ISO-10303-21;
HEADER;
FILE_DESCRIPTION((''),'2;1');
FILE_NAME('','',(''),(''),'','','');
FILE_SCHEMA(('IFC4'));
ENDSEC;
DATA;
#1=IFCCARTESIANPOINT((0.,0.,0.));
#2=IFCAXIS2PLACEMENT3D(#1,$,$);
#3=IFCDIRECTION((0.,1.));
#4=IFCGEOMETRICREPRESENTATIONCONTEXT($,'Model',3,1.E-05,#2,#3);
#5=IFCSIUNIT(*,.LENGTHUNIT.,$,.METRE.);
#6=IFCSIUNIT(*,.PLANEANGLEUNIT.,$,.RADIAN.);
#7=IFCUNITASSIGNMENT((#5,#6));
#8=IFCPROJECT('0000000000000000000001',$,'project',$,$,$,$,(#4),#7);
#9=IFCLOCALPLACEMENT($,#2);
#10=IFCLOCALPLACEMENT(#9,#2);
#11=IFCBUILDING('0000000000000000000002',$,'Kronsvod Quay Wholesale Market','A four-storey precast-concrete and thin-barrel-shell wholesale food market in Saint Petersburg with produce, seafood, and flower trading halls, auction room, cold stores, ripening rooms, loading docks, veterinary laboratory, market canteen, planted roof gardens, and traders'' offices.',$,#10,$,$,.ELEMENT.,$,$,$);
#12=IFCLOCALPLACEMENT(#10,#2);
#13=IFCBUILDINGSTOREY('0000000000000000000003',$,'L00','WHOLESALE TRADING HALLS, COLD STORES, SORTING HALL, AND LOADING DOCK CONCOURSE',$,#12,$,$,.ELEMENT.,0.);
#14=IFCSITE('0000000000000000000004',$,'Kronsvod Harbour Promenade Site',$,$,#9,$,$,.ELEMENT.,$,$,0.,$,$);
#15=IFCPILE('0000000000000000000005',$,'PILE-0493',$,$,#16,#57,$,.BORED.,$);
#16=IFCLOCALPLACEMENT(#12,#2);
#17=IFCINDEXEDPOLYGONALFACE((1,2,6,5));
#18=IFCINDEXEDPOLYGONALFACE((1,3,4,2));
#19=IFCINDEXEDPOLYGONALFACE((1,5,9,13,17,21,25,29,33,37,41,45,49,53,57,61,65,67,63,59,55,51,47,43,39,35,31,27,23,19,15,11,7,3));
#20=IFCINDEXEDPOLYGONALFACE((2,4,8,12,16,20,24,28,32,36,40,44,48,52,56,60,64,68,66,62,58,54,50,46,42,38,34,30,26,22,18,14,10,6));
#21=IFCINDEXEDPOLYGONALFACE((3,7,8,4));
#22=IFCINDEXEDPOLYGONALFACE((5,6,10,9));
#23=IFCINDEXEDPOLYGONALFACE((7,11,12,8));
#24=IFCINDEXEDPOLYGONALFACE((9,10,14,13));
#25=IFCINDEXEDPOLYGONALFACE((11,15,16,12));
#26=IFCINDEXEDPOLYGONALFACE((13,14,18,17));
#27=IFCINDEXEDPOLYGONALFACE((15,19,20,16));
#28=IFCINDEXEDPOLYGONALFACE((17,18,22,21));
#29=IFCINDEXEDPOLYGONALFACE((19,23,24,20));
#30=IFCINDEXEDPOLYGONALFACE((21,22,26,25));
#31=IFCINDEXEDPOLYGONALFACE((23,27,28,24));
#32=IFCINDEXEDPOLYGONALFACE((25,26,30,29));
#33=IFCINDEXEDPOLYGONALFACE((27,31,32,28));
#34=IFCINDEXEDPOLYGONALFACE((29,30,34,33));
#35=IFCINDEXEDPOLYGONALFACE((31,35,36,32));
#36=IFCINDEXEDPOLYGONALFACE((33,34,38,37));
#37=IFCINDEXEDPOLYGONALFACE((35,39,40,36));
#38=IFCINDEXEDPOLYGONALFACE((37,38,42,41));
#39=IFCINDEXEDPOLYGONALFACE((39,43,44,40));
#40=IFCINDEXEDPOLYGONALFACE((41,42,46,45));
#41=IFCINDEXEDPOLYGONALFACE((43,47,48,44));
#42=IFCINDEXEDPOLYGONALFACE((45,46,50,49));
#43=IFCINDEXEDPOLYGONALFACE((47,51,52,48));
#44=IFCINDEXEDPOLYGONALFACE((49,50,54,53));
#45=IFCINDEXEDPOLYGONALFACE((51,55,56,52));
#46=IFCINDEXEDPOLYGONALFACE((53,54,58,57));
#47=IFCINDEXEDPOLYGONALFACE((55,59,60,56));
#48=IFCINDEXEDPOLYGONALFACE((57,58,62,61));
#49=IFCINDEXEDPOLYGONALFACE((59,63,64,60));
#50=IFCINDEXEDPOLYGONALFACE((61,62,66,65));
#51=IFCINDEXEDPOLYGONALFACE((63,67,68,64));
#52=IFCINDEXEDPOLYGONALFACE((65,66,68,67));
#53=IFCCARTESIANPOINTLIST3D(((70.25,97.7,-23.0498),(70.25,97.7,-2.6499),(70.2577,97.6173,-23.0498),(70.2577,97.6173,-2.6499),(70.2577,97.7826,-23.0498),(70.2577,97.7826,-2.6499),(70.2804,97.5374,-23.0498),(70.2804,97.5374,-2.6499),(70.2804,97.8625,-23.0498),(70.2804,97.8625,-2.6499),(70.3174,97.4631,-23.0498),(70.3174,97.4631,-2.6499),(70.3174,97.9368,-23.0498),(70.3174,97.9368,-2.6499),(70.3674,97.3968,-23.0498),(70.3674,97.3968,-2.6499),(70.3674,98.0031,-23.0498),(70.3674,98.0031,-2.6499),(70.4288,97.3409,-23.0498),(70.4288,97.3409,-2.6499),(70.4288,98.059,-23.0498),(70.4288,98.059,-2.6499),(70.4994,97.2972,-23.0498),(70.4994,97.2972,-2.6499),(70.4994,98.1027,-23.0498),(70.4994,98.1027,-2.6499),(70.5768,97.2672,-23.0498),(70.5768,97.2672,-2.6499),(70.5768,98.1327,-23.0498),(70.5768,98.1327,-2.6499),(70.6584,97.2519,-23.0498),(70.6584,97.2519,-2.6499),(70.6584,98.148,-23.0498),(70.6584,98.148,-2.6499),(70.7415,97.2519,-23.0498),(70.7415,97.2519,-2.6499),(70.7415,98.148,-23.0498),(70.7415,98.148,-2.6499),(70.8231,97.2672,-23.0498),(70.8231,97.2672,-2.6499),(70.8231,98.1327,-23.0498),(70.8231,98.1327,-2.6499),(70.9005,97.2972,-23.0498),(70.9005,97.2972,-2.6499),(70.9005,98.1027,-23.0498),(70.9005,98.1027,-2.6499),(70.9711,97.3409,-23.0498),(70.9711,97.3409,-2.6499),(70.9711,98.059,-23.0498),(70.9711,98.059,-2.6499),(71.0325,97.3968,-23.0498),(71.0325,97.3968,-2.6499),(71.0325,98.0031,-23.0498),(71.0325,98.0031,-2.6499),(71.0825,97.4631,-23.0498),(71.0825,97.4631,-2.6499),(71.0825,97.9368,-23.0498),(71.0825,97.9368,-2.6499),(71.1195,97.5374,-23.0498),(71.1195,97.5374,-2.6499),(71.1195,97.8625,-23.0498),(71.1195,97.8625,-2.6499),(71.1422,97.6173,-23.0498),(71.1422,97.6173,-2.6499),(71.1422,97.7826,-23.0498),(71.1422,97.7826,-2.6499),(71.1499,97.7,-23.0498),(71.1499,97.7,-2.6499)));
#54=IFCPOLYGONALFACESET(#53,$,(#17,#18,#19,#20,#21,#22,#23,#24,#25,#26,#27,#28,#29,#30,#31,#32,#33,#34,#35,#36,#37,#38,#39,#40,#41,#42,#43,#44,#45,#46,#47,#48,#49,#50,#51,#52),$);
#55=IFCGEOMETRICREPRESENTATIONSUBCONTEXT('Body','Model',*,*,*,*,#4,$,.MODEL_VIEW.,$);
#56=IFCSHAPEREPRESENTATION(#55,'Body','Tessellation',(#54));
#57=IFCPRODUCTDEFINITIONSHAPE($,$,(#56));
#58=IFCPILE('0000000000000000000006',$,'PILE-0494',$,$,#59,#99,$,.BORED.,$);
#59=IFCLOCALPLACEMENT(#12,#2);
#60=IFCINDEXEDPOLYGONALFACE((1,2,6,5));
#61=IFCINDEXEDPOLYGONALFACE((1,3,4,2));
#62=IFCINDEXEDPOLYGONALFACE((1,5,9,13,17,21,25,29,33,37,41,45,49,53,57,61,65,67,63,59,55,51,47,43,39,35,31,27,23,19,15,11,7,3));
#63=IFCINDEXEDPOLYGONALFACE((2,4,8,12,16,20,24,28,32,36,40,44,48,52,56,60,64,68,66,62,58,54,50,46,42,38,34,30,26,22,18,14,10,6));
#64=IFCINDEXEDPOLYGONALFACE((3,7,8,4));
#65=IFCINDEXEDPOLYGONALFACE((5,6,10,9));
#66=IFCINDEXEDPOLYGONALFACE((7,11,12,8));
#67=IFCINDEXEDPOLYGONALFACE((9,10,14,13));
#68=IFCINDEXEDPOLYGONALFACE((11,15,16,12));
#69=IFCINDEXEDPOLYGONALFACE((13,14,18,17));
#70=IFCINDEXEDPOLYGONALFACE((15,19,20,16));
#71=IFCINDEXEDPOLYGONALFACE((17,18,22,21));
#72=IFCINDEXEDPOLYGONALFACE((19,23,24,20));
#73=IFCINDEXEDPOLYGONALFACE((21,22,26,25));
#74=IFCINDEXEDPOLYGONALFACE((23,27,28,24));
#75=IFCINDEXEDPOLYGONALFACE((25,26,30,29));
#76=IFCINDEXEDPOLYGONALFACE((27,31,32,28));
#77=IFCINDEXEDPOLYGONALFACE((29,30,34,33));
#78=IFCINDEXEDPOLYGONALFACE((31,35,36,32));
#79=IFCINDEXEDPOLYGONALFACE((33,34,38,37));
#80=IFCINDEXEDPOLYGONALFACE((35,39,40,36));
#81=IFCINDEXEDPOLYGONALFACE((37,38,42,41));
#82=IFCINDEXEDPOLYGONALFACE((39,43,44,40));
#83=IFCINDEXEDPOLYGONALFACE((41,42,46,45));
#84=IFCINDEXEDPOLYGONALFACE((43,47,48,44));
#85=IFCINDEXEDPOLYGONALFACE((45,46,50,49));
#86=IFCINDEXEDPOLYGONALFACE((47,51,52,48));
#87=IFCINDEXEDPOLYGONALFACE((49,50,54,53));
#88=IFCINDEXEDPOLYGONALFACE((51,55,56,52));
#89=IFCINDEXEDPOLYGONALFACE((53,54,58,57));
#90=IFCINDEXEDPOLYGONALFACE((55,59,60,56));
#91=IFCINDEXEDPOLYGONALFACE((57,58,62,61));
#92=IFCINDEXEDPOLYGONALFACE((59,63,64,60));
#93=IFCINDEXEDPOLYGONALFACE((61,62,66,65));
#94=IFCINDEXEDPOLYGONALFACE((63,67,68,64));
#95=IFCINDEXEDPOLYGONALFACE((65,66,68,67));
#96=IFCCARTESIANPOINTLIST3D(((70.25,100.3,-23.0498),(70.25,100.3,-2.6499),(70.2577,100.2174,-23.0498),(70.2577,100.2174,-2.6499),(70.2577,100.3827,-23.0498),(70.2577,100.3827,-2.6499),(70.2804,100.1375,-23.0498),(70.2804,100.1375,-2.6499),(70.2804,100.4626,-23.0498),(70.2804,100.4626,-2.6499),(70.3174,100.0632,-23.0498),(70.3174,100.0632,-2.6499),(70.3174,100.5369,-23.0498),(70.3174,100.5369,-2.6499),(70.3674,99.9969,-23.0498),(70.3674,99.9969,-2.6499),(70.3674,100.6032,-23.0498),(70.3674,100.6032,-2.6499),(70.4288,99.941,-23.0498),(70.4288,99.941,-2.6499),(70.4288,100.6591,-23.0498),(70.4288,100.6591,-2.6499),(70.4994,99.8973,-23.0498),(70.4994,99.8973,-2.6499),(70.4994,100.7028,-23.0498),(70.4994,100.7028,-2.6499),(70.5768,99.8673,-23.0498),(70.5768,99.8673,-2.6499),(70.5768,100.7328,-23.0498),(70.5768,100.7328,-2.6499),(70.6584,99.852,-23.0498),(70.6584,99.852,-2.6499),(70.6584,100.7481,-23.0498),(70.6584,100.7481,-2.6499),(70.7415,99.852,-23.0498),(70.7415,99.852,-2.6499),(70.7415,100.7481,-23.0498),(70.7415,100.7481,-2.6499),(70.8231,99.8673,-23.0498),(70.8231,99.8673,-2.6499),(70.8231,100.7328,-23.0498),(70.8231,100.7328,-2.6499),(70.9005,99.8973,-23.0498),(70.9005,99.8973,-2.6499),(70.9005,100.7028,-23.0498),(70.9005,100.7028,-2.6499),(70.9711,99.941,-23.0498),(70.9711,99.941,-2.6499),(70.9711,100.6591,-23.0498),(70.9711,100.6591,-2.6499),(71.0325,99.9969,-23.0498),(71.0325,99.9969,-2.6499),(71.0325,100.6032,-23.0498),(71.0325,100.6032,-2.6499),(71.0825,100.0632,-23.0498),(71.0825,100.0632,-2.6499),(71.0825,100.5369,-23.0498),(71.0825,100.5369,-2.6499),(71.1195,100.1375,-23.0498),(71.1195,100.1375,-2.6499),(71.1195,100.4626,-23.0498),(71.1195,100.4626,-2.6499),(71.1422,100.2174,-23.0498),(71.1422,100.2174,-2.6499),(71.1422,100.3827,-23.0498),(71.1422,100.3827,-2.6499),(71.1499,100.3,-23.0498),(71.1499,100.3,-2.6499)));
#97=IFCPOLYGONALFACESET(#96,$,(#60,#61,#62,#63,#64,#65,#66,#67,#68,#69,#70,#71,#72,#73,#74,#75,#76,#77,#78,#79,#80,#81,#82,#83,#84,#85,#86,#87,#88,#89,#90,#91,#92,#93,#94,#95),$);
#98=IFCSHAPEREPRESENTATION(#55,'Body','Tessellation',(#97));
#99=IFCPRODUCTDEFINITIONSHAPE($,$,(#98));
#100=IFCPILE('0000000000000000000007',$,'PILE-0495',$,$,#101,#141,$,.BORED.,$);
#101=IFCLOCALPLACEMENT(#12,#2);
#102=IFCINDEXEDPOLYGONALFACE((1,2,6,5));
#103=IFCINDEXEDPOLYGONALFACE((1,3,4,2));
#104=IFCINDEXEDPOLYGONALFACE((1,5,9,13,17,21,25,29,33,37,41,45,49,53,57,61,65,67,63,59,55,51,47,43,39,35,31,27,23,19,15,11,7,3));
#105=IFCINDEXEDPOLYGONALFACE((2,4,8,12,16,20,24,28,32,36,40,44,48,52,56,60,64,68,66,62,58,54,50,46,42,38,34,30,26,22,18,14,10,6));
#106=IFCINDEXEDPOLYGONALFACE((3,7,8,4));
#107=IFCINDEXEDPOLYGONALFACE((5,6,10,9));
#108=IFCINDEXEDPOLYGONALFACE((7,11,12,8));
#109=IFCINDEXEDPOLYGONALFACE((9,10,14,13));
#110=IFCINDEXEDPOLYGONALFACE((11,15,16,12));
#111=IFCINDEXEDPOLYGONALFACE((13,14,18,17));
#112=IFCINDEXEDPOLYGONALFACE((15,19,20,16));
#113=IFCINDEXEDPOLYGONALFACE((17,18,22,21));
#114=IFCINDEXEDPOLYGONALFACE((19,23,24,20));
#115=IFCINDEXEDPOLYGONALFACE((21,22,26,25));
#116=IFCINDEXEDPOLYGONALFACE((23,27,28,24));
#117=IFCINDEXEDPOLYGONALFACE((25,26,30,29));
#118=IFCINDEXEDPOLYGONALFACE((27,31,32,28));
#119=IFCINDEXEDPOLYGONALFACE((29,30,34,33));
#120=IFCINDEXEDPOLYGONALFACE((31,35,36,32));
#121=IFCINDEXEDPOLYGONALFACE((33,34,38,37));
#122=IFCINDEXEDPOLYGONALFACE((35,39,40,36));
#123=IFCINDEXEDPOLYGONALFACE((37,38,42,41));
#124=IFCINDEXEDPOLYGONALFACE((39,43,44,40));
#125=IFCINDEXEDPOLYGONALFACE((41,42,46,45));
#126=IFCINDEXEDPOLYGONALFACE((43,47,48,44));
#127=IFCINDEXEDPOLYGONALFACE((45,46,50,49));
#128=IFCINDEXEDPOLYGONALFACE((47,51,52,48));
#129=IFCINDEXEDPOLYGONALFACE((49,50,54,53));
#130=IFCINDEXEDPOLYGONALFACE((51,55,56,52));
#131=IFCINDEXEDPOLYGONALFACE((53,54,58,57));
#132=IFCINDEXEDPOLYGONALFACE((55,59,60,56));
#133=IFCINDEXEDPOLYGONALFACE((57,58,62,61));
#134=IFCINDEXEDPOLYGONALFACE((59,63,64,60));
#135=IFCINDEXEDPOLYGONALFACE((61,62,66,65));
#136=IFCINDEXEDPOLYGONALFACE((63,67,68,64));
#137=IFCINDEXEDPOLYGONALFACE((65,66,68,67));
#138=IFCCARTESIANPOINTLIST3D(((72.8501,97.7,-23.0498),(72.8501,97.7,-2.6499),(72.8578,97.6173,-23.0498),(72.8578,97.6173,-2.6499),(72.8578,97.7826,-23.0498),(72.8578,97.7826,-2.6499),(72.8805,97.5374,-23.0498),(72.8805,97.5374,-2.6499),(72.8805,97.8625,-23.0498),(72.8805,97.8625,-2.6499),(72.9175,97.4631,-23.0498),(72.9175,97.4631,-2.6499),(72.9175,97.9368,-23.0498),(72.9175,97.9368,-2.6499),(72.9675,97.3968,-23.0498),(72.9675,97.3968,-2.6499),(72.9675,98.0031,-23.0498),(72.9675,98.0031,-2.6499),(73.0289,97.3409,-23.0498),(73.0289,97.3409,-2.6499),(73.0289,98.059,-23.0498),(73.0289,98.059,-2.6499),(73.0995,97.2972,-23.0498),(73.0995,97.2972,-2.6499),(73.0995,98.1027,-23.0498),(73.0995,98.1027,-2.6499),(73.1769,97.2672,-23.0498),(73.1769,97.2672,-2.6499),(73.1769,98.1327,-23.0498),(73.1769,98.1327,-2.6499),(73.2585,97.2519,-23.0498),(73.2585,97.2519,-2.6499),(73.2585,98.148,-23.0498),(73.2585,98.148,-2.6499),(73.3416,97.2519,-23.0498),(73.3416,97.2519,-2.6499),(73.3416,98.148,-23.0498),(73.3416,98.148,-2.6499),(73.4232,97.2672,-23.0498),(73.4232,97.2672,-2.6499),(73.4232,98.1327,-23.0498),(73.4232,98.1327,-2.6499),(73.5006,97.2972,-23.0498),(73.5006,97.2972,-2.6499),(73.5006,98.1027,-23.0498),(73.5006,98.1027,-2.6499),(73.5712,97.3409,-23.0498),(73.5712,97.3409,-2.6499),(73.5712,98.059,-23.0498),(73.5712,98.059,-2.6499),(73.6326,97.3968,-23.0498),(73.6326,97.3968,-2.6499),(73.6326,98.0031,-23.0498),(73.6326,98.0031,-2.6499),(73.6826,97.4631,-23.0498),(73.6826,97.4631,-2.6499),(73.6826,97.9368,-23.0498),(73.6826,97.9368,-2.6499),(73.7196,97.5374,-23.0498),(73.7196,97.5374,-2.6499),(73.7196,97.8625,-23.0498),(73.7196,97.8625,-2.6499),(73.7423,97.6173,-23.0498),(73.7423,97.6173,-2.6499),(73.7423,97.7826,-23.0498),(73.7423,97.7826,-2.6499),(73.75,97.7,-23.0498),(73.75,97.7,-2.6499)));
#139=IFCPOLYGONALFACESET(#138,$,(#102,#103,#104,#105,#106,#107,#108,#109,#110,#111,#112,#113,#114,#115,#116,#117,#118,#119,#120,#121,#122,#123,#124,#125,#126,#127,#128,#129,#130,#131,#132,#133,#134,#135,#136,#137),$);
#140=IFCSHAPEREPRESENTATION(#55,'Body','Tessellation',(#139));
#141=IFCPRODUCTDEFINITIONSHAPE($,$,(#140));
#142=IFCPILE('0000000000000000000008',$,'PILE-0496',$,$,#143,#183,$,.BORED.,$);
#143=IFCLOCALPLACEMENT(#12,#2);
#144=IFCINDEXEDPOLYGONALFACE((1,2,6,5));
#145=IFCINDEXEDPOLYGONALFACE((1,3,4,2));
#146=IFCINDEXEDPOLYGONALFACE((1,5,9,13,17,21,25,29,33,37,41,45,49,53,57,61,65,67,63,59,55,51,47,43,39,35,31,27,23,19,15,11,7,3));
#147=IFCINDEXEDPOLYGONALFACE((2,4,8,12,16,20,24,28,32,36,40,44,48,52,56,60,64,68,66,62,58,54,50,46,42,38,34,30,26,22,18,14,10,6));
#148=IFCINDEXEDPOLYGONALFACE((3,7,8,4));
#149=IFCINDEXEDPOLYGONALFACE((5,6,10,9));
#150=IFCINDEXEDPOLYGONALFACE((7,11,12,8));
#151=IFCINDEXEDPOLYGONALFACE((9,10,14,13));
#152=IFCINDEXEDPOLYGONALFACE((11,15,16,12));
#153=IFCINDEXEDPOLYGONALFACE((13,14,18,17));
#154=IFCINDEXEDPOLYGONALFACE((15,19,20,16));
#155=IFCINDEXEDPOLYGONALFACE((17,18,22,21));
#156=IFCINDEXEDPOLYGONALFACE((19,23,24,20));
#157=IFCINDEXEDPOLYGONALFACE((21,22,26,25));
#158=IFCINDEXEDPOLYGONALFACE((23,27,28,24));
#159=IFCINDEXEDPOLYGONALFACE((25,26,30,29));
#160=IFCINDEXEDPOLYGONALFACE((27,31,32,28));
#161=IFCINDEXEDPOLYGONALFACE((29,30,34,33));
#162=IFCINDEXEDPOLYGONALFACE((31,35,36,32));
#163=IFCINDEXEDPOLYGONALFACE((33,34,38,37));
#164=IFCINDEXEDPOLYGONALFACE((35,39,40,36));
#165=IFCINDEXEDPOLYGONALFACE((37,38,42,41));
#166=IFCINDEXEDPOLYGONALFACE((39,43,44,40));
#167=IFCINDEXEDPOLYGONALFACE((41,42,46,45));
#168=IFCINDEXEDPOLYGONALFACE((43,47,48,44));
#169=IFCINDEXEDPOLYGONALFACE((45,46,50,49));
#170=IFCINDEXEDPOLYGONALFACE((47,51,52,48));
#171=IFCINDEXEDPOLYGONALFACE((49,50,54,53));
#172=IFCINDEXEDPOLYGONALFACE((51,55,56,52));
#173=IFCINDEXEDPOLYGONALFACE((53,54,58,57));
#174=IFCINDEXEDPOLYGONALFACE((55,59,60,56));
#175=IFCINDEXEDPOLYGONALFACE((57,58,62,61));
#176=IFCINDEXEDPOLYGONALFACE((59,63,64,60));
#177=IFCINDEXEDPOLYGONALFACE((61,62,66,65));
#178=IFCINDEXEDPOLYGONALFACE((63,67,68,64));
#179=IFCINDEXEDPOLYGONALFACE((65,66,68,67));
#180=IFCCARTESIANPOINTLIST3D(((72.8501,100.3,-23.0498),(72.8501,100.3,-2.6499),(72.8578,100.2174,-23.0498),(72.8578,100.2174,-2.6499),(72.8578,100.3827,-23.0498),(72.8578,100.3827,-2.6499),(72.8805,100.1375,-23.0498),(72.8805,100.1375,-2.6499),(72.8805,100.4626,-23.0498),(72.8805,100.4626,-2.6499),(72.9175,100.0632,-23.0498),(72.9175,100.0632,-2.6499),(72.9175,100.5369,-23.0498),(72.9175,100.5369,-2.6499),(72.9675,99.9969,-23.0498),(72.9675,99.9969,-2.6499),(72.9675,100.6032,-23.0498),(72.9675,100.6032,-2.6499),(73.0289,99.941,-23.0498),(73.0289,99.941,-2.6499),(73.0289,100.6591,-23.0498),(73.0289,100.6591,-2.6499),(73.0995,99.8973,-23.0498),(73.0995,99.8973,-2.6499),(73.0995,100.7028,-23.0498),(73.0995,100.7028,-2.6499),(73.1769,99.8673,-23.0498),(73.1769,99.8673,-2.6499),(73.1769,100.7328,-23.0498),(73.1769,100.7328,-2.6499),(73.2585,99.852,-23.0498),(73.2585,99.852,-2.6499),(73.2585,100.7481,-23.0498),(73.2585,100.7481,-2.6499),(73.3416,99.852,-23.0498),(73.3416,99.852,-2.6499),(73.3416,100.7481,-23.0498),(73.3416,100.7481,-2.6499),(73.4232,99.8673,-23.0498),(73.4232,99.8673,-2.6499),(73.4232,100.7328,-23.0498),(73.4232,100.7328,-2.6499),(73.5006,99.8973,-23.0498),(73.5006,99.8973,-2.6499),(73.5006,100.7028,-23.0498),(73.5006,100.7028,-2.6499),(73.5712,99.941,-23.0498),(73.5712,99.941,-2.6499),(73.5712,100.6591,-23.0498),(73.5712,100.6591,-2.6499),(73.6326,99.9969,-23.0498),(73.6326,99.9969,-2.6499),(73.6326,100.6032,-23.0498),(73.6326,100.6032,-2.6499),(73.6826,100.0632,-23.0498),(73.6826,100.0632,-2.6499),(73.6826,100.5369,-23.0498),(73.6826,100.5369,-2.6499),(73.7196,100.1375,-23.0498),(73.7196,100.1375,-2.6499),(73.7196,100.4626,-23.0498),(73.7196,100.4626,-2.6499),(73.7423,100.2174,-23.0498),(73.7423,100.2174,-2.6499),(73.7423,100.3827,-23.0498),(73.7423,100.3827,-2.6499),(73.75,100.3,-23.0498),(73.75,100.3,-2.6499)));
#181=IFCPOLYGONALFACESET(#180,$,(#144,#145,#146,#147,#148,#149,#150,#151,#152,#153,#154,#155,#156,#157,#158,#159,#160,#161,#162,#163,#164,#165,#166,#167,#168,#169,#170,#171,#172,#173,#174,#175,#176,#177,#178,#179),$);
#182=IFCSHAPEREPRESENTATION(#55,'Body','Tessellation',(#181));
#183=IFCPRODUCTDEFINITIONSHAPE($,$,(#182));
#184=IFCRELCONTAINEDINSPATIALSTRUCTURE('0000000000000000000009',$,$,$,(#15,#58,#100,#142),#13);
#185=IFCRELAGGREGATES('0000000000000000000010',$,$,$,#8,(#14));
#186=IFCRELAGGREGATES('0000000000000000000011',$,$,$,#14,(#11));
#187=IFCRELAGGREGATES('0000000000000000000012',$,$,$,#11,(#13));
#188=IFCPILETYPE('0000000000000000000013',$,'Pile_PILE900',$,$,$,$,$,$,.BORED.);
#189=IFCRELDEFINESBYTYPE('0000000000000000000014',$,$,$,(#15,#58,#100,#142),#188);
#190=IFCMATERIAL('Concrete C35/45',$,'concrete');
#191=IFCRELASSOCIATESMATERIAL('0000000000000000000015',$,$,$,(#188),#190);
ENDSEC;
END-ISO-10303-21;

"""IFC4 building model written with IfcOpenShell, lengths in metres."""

from ifc_helpers import new_model, si_unit, direction, frame, origin, origin_2d, place, context, subcontext, project, spatial, circle, extrude, material, material_profile, profile_set, type_object, element, save


model = new_model("IFC4")

# Units and contexts
model_context = context("Model", 3, precision=1e-05, world=origin(), true_north=direction((0.0, 1.0)))
body_context = subcontext(model_context, "Body", "Model", "MODEL_VIEW")
ifc_project = project(units=[si_unit("LENGTHUNIT", "METRE"), si_unit("PLANEANGLEUNIT", "RADIAN")], contexts=[model_context])

# Site, building, storey
site_placement = place(None, origin())
site = spatial("IfcSite", under=ifc_project, at=site_placement, Name="Kronsvod Harbour Promenade Site", CompositionType="ELEMENT", RefElevation=0.0)
building_placement = place(site_placement, origin())
building = spatial("IfcBuilding", under=site, at=building_placement, Name="Kronsvod Quay Wholesale Market", Description="A four-storey precast-concrete and thin-barrel-shell wholesale food market in Saint Petersburg with produce, seafood, and flower trading halls, auction room, cold stores, ripening rooms, loading docks, veterinary laboratory, market canteen, planted roof gardens, and traders' offices.", CompositionType="ELEMENT")
storey_placement = place(building_placement, origin())
storey = spatial("IfcBuildingStorey", under=building, at=storey_placement, Name="L00", Description="WHOLESALE TRADING HALLS, COLD STORES, SORTING HALL, AND LOADING DOCK CONCOURSE", CompositionType="ELEMENT", Elevation=0.0)

# Piles
ifc_material_1 = material(Name="Concrete C35/45", Category="concrete")
ifc_material_profile_1 = material_profile(ifc_material_1, circle(Radius=0.45, at=origin_2d()), Name="PILE900")
ifc_profile_set_1 = profile_set([ifc_material_profile_1], Name="Concrete C35/45")
pile_type = type_object("IfcPileType", Name="Pile_PILE900", PredefinedType="BORED", material=ifc_profile_set_1)
for number, where, z_axis, x_axis, name in (
    (1, (70.7, 97.7, -2.6499), (0.0, 0.0, -1.0), (1.0, 0.0, 0.0), "PILE-0493"),
    (2, (70.7, 100.3, -2.6499), (0.0, 0.0, -1.0), (1.0, 0.0, 0.0), "PILE-0494"),
    (3, (73.3, 97.7, -2.6499), (0.0, 0.0, -1.0), (1.0, 0.0, 0.0), "PILE-0495"),
    (4, (73.3, 100.3, -2.6499), (0.0, 0.0, -1.0), (1.0, 0.0, 0.0), "PILE-0496"),
):
    element("IfcPile", number, at=place(storey_placement, frame(where, z_axis=z_axis, x_axis=x_axis)), inside=storey, type_object=pile_type, Name=name, PredefinedType="BORED", context=body_context, shape_type="SweptSolid", body=[
        extrude(circle(Radius=0.45, at=origin_2d()), origin(), (0.0, 0.0, 1.0), 20.3999),
    ])

save(model, "model.ifc")
